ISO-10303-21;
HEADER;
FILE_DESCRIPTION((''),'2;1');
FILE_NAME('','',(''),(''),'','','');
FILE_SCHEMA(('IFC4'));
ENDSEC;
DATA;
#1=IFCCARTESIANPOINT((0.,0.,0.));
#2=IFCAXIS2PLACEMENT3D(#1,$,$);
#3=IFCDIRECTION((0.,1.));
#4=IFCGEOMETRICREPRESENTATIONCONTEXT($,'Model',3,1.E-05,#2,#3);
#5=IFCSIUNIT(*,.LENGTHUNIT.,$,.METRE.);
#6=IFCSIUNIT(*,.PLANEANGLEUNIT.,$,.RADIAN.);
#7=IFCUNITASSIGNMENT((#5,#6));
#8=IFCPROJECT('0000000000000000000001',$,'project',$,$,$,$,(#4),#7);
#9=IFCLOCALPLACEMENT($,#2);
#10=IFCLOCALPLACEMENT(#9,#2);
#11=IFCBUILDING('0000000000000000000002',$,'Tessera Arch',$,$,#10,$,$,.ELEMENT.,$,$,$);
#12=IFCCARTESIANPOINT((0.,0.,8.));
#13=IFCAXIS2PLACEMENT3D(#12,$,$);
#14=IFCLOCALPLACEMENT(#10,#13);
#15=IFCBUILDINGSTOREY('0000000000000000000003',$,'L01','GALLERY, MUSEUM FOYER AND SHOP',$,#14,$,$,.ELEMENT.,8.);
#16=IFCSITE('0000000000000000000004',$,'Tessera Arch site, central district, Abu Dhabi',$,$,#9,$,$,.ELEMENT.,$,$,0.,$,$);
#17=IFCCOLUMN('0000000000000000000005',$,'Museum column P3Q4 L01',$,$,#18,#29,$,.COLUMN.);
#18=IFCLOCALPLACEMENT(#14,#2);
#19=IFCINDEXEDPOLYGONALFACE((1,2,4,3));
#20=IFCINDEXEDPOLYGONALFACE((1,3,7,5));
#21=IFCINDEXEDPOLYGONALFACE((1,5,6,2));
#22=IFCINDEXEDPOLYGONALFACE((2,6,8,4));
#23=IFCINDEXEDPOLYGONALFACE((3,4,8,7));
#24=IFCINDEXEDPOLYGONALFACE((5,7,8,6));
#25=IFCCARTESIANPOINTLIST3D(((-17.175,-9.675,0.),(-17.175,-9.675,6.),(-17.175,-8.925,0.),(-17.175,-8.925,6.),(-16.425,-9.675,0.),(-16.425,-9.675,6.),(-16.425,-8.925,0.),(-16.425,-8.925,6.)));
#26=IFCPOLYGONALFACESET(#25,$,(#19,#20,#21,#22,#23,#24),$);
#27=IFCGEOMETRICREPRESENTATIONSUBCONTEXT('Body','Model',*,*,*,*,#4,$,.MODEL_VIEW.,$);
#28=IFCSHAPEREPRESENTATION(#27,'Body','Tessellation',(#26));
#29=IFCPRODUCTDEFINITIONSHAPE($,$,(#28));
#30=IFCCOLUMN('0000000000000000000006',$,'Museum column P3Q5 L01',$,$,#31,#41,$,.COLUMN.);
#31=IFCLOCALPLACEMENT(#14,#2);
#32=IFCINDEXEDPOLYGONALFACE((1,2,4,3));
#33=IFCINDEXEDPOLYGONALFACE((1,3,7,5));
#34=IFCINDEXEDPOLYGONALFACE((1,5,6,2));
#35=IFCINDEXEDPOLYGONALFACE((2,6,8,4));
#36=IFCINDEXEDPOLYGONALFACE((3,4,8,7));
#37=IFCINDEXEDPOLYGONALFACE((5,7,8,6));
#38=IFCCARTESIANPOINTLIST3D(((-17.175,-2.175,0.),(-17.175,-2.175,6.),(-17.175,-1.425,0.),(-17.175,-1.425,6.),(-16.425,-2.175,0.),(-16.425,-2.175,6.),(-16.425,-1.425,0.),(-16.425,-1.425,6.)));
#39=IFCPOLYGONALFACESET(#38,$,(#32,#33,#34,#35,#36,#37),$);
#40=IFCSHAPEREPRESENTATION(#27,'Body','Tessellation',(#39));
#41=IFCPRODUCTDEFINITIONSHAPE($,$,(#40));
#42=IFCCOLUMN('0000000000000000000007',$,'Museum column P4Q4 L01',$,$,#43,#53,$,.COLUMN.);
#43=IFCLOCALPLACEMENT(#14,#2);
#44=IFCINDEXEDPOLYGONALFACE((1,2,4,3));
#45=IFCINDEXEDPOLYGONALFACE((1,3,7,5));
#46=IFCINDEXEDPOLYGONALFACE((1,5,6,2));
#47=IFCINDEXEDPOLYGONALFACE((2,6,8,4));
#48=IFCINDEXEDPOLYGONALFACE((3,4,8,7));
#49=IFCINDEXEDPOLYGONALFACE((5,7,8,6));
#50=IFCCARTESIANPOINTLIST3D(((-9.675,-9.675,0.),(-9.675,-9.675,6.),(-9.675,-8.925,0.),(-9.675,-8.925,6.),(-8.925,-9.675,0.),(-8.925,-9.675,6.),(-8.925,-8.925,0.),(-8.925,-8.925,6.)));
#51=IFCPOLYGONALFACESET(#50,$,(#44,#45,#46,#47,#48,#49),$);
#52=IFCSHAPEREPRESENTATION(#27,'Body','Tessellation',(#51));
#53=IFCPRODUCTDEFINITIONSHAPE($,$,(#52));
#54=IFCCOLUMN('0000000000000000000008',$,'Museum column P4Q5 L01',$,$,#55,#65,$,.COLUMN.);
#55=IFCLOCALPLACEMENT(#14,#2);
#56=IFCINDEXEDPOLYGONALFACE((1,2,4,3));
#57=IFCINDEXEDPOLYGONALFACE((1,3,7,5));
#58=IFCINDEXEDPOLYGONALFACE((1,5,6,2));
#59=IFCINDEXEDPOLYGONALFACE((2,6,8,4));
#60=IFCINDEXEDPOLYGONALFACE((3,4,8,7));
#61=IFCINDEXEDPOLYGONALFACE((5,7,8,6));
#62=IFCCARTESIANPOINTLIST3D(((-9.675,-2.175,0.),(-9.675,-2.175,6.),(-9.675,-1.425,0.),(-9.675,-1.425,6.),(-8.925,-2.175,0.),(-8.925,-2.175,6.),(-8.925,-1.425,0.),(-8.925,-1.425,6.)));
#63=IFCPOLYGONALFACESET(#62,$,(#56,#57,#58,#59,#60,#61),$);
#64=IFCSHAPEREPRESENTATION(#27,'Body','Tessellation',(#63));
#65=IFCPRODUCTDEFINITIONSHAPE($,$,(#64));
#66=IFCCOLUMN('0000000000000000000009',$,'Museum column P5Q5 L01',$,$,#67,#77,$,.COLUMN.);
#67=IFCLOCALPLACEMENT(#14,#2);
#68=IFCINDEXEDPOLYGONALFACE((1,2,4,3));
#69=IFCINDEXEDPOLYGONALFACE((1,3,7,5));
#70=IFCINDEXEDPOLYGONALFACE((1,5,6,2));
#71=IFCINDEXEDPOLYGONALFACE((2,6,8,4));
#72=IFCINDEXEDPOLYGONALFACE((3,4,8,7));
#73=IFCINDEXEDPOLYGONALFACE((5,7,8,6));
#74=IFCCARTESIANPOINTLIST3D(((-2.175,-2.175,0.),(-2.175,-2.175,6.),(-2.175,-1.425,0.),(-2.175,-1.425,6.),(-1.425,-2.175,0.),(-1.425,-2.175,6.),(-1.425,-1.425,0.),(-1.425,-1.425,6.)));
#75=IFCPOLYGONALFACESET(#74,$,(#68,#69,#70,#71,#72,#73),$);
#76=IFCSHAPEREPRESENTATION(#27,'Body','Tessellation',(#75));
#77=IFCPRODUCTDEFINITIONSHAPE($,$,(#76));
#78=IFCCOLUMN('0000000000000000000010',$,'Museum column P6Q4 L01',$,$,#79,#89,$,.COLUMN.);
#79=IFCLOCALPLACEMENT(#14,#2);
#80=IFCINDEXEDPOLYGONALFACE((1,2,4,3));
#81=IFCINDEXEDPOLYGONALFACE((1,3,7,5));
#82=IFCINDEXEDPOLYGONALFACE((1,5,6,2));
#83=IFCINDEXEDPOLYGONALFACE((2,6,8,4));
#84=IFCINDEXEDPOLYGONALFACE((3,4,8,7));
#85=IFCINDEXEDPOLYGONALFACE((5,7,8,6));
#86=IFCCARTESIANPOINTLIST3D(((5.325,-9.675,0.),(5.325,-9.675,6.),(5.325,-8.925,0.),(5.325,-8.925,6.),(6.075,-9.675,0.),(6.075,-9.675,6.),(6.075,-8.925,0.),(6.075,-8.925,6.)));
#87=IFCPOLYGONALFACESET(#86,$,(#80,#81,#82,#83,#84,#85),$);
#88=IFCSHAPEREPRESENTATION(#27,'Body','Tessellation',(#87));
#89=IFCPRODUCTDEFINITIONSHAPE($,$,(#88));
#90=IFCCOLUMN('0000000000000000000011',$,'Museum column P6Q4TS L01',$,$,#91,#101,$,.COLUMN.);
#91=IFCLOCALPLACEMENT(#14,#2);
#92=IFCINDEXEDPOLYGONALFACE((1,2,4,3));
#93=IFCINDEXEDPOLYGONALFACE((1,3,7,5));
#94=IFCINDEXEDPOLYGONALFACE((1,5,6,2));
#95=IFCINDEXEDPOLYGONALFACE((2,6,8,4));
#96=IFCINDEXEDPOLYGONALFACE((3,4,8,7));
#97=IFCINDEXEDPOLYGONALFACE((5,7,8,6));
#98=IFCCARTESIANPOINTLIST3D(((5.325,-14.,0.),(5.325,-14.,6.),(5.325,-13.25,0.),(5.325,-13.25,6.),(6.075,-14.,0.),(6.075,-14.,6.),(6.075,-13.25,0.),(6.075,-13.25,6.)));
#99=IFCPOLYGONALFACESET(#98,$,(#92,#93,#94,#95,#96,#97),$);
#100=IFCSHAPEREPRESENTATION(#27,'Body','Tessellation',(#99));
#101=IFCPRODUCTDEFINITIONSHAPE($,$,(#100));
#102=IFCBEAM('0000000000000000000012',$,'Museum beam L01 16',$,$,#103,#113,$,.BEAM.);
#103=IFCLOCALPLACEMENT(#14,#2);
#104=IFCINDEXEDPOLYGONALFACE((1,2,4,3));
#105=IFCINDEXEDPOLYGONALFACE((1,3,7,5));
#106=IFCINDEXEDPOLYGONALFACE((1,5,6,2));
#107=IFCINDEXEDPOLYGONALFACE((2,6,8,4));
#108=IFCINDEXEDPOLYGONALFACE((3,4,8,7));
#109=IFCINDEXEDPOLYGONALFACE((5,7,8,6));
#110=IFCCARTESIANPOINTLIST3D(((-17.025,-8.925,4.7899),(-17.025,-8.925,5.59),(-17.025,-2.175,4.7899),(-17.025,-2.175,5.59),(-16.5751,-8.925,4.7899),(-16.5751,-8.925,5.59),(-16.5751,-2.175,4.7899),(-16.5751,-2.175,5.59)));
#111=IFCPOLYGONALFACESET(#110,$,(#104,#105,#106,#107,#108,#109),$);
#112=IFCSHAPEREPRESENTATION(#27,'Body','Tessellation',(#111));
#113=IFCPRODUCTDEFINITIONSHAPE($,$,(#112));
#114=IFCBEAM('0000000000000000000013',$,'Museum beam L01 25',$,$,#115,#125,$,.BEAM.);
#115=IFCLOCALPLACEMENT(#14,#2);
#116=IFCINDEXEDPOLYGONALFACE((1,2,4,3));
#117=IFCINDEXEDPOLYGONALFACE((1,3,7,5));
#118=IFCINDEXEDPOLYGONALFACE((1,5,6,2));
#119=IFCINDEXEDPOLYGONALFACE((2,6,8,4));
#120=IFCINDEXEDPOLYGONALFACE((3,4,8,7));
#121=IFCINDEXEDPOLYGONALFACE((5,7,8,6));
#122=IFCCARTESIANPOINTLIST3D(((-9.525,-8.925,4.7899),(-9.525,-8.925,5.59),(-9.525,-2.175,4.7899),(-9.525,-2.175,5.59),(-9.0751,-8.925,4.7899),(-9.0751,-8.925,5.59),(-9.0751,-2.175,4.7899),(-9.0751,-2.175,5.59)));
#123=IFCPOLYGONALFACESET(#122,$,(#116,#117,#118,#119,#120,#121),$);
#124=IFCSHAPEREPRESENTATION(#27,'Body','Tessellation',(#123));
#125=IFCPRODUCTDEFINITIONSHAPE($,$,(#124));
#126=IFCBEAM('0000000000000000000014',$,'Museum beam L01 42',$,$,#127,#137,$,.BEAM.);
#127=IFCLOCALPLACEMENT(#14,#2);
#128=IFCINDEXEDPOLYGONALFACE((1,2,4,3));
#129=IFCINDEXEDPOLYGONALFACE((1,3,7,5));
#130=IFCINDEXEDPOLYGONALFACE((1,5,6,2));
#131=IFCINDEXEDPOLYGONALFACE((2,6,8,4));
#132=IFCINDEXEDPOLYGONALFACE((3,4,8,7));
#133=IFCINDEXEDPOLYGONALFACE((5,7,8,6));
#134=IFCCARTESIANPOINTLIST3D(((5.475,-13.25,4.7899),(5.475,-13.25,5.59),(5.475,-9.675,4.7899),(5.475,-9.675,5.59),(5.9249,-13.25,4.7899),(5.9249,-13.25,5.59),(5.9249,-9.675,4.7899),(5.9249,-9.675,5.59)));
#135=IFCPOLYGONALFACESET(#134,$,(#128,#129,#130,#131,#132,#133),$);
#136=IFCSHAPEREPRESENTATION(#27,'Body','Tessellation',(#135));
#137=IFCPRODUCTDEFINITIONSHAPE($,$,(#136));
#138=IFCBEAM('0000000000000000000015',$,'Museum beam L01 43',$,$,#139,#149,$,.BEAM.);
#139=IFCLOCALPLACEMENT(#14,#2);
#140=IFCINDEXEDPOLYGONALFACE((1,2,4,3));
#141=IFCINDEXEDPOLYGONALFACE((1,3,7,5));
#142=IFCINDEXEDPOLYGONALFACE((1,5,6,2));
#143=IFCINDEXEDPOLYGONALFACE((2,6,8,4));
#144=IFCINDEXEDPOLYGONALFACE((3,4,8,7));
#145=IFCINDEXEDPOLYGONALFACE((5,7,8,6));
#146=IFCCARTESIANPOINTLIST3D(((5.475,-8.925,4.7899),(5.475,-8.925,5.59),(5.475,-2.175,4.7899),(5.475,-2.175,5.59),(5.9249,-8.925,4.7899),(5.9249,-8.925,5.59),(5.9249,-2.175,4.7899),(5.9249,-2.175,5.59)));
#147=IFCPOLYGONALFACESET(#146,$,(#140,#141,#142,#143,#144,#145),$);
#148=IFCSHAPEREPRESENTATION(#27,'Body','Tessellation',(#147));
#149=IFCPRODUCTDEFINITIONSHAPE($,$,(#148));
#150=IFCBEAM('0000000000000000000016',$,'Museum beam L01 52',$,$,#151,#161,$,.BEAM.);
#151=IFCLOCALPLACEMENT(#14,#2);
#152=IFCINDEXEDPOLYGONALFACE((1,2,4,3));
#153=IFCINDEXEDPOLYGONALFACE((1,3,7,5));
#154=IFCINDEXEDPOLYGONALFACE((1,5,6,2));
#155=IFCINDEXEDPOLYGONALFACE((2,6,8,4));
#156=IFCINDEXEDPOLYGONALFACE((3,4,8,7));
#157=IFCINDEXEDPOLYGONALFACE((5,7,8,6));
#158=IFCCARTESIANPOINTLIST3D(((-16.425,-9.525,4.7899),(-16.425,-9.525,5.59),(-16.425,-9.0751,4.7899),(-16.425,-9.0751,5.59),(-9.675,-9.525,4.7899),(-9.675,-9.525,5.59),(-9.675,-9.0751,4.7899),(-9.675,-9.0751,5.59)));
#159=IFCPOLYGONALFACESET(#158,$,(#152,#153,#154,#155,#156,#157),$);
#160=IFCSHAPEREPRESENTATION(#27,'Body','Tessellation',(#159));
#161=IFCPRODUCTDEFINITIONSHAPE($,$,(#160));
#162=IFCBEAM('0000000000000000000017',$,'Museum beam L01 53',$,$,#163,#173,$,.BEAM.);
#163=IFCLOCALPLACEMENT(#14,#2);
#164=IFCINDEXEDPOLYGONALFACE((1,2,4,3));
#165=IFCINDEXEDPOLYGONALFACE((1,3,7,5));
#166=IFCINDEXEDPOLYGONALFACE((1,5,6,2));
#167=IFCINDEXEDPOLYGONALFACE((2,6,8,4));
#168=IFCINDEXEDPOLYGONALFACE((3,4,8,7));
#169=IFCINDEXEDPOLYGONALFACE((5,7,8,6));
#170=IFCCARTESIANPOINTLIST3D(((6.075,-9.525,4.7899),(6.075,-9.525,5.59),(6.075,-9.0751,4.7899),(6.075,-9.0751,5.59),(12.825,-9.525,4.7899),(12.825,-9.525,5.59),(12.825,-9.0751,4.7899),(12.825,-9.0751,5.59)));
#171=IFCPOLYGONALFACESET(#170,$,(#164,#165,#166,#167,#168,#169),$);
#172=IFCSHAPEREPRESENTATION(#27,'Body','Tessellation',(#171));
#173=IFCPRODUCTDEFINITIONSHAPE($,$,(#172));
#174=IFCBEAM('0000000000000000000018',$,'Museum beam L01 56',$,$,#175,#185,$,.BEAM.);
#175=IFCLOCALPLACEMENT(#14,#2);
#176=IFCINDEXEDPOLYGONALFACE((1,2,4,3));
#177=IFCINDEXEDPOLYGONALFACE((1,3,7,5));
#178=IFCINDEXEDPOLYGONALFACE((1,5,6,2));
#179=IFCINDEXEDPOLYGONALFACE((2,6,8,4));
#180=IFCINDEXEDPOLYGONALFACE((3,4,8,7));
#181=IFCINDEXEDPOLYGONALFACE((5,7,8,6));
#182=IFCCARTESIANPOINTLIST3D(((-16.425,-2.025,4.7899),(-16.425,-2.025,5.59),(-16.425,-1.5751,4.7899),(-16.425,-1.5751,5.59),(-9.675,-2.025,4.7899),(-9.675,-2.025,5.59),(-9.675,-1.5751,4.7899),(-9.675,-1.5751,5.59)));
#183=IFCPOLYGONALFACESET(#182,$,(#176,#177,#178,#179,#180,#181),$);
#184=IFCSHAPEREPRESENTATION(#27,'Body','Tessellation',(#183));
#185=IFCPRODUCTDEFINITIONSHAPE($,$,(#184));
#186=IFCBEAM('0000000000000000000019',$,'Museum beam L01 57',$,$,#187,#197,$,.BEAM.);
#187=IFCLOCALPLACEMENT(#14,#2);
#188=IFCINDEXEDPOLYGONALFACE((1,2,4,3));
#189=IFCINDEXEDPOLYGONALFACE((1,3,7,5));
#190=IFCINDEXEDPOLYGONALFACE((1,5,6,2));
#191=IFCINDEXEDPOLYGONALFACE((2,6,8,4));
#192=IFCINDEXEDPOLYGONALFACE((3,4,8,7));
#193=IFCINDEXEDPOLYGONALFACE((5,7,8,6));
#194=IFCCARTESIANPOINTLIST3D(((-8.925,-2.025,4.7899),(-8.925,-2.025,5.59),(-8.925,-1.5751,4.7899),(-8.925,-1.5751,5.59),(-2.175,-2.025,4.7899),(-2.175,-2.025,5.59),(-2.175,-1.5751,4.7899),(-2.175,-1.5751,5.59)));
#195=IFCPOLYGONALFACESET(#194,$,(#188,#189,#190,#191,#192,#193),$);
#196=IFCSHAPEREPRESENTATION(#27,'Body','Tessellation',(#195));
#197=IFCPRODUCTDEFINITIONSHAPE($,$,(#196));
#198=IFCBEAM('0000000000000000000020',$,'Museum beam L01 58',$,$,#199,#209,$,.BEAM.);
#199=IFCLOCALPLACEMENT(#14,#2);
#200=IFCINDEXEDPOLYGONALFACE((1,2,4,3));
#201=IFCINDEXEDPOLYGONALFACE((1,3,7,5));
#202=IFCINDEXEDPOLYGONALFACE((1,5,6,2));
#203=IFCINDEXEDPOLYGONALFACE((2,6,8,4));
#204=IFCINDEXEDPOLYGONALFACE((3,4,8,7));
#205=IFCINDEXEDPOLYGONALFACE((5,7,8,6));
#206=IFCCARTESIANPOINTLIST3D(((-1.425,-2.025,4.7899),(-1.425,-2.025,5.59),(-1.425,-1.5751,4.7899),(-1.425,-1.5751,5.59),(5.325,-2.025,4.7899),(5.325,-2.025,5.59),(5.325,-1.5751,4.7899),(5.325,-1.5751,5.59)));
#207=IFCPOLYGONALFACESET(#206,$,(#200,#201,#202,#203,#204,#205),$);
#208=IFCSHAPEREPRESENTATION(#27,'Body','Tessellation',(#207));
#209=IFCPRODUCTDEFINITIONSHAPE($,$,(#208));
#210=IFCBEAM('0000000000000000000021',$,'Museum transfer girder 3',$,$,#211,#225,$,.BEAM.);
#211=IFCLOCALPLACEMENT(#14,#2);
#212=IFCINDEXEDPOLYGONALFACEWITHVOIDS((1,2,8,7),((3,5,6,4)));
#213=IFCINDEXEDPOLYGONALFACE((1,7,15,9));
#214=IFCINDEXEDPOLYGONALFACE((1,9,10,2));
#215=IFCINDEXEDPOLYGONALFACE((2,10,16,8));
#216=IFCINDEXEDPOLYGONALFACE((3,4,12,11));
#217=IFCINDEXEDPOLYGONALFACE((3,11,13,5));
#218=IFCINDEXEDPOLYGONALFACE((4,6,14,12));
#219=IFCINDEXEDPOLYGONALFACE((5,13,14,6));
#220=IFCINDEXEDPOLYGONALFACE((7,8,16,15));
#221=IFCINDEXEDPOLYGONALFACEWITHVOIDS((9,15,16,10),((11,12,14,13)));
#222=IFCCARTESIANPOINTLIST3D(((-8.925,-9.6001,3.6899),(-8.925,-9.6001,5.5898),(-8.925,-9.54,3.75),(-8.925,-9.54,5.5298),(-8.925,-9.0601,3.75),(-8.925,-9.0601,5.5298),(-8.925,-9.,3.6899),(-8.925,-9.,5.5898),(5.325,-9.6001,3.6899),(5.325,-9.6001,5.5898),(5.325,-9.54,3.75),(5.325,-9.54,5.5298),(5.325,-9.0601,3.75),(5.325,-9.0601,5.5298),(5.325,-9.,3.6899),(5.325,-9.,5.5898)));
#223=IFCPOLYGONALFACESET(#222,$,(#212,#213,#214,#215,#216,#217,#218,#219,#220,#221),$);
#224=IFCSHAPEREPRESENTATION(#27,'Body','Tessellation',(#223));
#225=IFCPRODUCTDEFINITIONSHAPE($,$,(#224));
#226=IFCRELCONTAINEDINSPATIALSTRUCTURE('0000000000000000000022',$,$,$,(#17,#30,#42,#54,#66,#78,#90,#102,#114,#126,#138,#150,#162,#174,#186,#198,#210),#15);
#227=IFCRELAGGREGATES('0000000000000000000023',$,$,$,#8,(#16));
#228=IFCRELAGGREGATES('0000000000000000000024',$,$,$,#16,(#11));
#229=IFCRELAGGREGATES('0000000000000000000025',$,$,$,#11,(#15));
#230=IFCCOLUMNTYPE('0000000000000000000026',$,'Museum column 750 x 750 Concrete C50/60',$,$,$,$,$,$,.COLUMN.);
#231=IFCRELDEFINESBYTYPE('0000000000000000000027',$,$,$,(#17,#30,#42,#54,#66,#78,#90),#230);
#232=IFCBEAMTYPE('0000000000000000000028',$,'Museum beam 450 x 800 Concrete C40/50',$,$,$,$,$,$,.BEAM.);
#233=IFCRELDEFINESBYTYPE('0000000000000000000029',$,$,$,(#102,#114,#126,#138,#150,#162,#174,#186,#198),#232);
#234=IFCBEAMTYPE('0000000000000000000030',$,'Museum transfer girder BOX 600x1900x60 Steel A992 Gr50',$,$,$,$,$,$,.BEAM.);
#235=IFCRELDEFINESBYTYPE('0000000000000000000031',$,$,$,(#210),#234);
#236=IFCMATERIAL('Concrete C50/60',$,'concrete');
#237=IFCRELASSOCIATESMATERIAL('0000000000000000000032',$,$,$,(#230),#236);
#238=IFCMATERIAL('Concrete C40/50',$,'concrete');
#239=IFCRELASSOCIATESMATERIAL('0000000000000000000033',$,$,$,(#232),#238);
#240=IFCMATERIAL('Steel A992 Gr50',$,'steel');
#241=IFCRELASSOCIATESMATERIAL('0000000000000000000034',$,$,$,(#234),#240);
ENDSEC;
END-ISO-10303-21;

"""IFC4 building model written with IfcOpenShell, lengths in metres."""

from ifc_helpers import new_model, si_unit, direction, frame, origin, origin_2d, place, context, subcontext, project, spatial, rectangle, hollow_rectangle, extrude, material, material_profile, profile_set, type_object, element, save


model = new_model("IFC4")

# Units and contexts
model_context = context("Model", 3, precision=1e-05, world=origin(), true_north=direction((0.0, 1.0)))
body_context = subcontext(model_context, "Body", "Model", "MODEL_VIEW")
ifc_project = project(units=[si_unit("LENGTHUNIT", "METRE"), si_unit("PLANEANGLEUNIT", "RADIAN")], contexts=[model_context])

# Site, building, storey
site_placement = place(None, origin())
site = spatial("IfcSite", under=ifc_project, at=site_placement, Name="Tessera Arch site, central district, Abu Dhabi", CompositionType="ELEMENT", RefElevation=0.0)
building_placement = place(site_placement, origin())
building = spatial("IfcBuilding", under=site, at=building_placement, Name="Tessera Arch", CompositionType="ELEMENT")
storey_placement = place(building_placement, frame((0.0, 0.0, 8.0)))
storey = spatial("IfcBuildingStorey", under=building, at=storey_placement, Name="L01", Description="GALLERY, MUSEUM FOYER AND SHOP", CompositionType="ELEMENT", Elevation=8.0)

# Columns
ifc_material_1 = material(Name="Concrete C50/60", Category="concrete")
ifc_material_profile_1 = material_profile(ifc_material_1, rectangle(XDim=0.75, YDim=0.75, at=origin_2d()), Name="Museum column 750 x 750 Concrete C50/60")
ifc_profile_set_1 = profile_set([ifc_material_profile_1], Name="Concrete C50/60")
column_type = type_object("IfcColumnType", Name="Museum column 750 x 750 Concrete C50/60", PredefinedType="COLUMN", material=ifc_profile_set_1)
for number, where, z_axis, x_axis, name in (
    (1, (-16.8, -9.3, 0.0), (0.0, 0.0, 1.0), (1.0, 0.0, 0.0), "Museum column P3Q4 L01"),
    (2, (-16.8, -1.8, 0.0), (0.0, 0.0, 1.0), (1.0, 0.0, 0.0), "Museum column P3Q5 L01"),
    (3, (-9.3, -9.3, 0.0), (0.0, 0.0, 1.0), (1.0, 0.0, 0.0), "Museum column P4Q4 L01"),
    (4, (-9.3, -1.8, 0.0), (0.0, 0.0, 1.0), (1.0, 0.0, 0.0), "Museum column P4Q5 L01"),
    (5, (-1.8, -1.8, 0.0), (0.0, 0.0, 1.0), (1.0, 0.0, 0.0), "Museum column P5Q5 L01"),
    (6, (5.7, -9.3, 0.0), (0.0, 0.0, 1.0), (1.0, 0.0, 0.0), "Museum column P6Q4 L01"),
    (7, (5.7, -13.625, 0.0), (0.0, 0.0, 1.0), (1.0, 0.0, 0.0), "Museum column P6Q4TS L01"),
):
    element("IfcColumn", number, at=place(storey_placement, frame(where, z_axis=z_axis, x_axis=x_axis)), inside=storey, type_object=column_type, Name=name, PredefinedType="COLUMN", context=body_context, shape_type="SweptSolid", body=[
        extrude(rectangle(XDim=0.75, YDim=0.75, at=origin_2d()), origin(), (0.0, 0.0, 1.0), 6.0),
    ])

# Beams
ifc_material_2 = material(Name="Concrete C40/50", Category="concrete")
ifc_material_profile_2 = material_profile(ifc_material_2, rectangle(XDim=0.45, YDim=0.8, at=origin_2d()), Name="Museum beam 450 x 800 Concrete C40/50")
ifc_profile_set_2 = profile_set([ifc_material_profile_2], Name="Concrete C40/50")
beam_type_1 = type_object("IfcBeamType", Name="Museum beam 450 x 800 Concrete C40/50", PredefinedType="BEAM", material=ifc_profile_set_2)
for number, where, z_axis, x_axis, name in (
    (8, (-16.8, -8.925, 5.1899), (0.0, 1.0, 0.0), (-1.0, 0.0, 0.0), "Museum beam L01 16"),
    (9, (-9.3, -8.925, 5.1899), (0.0, 1.0, 0.0), (-1.0, 0.0, 0.0), "Museum beam L01 25"),
):
    element("IfcBeam", number, at=place(storey_placement, frame(where, z_axis=z_axis, x_axis=x_axis)), inside=storey, type_object=beam_type_1, Name=name, PredefinedType="BEAM", context=body_context, shape_type="SweptSolid", body=[
        extrude(rectangle(XDim=0.45, YDim=0.8, at=origin_2d()), origin(), (0.0, 0.0, 1.0), 6.75),
    ])
beam_1_placement = place(storey_placement, frame((5.7, -13.25, 5.1899), z_axis=(0.0, 1.0, 0.0), x_axis=(-1.0, 0.0, 0.0)))
element("IfcBeam", 10, at=beam_1_placement, inside=storey, type_object=beam_type_1, Name="Museum beam L01 42", PredefinedType="BEAM", context=body_context, shape_type="SweptSolid", body=[
    extrude(rectangle(XDim=0.45, YDim=0.8, at=origin_2d()), origin(), (0.0, 0.0, 1.0), 3.575),
])
for number, where, z_axis, x_axis, name in (
    (11, (5.7, -8.925, 5.1899), (0.0, 1.0, 0.0), (-1.0, 0.0, 0.0), "Museum beam L01 43"),
    (12, (-16.425, -9.3, 5.1899), (1.0, 0.0, 0.0), (0.0, 1.0, 0.0), "Museum beam L01 52"),
    (13, (6.075, -9.3, 5.1899), (1.0, 0.0, 0.0), (0.0, 1.0, 0.0), "Museum beam L01 53"),
    (14, (-16.425, -1.8, 5.1899), (1.0, 0.0, 0.0), (0.0, 1.0, 0.0), "Museum beam L01 56"),
    (15, (-8.925, -1.8, 5.1899), (1.0, 0.0, 0.0), (0.0, 1.0, 0.0), "Museum beam L01 57"),
    (16, (-1.425, -1.8, 5.1899), (1.0, 0.0, 0.0), (0.0, 1.0, 0.0), "Museum beam L01 58"),
):
    element("IfcBeam", number, at=place(storey_placement, frame(where, z_axis=z_axis, x_axis=x_axis)), inside=storey, type_object=beam_type_1, Name=name, PredefinedType="BEAM", context=body_context, shape_type="SweptSolid", body=[
        extrude(rectangle(XDim=0.45, YDim=0.8, at=origin_2d()), origin(), (0.0, 0.0, 1.0), 6.75),
    ])
ifc_material_3 = material(Name="Steel A992 Gr50", Category="steel")
ifc_material_profile_3 = material_profile(ifc_material_3, hollow_rectangle(XDim=0.6001, YDim=1.8999, WallThickness=0.0601, at=origin_2d()), Name="BOX 600x1900x60")
ifc_profile_set_3 = profile_set([ifc_material_profile_3], Name="Steel A992 Gr50")
beam_type_2 = type_object("IfcBeamType", Name="Museum transfer girder BOX 600x1900x60 Steel A992 Gr50", PredefinedType="BEAM", material=ifc_profile_set_3)
beam_2_placement = place(storey_placement, frame((-8.925, -9.3, 4.6399), z_axis=(1.0, 0.0, 0.0), x_axis=(0.0, 1.0, 0.0)))
element("IfcBeam", 17, at=beam_2_placement, inside=storey, type_object=beam_type_2, Name="Museum transfer girder 3", PredefinedType="BEAM", context=body_context, shape_type="SweptSolid", body=[
    extrude(hollow_rectangle(XDim=0.6001, YDim=1.8999, WallThickness=0.0601, at=origin_2d()), origin(), (0.0, 0.0, 1.0), 14.25),
])

save(model, "model.ifc")
